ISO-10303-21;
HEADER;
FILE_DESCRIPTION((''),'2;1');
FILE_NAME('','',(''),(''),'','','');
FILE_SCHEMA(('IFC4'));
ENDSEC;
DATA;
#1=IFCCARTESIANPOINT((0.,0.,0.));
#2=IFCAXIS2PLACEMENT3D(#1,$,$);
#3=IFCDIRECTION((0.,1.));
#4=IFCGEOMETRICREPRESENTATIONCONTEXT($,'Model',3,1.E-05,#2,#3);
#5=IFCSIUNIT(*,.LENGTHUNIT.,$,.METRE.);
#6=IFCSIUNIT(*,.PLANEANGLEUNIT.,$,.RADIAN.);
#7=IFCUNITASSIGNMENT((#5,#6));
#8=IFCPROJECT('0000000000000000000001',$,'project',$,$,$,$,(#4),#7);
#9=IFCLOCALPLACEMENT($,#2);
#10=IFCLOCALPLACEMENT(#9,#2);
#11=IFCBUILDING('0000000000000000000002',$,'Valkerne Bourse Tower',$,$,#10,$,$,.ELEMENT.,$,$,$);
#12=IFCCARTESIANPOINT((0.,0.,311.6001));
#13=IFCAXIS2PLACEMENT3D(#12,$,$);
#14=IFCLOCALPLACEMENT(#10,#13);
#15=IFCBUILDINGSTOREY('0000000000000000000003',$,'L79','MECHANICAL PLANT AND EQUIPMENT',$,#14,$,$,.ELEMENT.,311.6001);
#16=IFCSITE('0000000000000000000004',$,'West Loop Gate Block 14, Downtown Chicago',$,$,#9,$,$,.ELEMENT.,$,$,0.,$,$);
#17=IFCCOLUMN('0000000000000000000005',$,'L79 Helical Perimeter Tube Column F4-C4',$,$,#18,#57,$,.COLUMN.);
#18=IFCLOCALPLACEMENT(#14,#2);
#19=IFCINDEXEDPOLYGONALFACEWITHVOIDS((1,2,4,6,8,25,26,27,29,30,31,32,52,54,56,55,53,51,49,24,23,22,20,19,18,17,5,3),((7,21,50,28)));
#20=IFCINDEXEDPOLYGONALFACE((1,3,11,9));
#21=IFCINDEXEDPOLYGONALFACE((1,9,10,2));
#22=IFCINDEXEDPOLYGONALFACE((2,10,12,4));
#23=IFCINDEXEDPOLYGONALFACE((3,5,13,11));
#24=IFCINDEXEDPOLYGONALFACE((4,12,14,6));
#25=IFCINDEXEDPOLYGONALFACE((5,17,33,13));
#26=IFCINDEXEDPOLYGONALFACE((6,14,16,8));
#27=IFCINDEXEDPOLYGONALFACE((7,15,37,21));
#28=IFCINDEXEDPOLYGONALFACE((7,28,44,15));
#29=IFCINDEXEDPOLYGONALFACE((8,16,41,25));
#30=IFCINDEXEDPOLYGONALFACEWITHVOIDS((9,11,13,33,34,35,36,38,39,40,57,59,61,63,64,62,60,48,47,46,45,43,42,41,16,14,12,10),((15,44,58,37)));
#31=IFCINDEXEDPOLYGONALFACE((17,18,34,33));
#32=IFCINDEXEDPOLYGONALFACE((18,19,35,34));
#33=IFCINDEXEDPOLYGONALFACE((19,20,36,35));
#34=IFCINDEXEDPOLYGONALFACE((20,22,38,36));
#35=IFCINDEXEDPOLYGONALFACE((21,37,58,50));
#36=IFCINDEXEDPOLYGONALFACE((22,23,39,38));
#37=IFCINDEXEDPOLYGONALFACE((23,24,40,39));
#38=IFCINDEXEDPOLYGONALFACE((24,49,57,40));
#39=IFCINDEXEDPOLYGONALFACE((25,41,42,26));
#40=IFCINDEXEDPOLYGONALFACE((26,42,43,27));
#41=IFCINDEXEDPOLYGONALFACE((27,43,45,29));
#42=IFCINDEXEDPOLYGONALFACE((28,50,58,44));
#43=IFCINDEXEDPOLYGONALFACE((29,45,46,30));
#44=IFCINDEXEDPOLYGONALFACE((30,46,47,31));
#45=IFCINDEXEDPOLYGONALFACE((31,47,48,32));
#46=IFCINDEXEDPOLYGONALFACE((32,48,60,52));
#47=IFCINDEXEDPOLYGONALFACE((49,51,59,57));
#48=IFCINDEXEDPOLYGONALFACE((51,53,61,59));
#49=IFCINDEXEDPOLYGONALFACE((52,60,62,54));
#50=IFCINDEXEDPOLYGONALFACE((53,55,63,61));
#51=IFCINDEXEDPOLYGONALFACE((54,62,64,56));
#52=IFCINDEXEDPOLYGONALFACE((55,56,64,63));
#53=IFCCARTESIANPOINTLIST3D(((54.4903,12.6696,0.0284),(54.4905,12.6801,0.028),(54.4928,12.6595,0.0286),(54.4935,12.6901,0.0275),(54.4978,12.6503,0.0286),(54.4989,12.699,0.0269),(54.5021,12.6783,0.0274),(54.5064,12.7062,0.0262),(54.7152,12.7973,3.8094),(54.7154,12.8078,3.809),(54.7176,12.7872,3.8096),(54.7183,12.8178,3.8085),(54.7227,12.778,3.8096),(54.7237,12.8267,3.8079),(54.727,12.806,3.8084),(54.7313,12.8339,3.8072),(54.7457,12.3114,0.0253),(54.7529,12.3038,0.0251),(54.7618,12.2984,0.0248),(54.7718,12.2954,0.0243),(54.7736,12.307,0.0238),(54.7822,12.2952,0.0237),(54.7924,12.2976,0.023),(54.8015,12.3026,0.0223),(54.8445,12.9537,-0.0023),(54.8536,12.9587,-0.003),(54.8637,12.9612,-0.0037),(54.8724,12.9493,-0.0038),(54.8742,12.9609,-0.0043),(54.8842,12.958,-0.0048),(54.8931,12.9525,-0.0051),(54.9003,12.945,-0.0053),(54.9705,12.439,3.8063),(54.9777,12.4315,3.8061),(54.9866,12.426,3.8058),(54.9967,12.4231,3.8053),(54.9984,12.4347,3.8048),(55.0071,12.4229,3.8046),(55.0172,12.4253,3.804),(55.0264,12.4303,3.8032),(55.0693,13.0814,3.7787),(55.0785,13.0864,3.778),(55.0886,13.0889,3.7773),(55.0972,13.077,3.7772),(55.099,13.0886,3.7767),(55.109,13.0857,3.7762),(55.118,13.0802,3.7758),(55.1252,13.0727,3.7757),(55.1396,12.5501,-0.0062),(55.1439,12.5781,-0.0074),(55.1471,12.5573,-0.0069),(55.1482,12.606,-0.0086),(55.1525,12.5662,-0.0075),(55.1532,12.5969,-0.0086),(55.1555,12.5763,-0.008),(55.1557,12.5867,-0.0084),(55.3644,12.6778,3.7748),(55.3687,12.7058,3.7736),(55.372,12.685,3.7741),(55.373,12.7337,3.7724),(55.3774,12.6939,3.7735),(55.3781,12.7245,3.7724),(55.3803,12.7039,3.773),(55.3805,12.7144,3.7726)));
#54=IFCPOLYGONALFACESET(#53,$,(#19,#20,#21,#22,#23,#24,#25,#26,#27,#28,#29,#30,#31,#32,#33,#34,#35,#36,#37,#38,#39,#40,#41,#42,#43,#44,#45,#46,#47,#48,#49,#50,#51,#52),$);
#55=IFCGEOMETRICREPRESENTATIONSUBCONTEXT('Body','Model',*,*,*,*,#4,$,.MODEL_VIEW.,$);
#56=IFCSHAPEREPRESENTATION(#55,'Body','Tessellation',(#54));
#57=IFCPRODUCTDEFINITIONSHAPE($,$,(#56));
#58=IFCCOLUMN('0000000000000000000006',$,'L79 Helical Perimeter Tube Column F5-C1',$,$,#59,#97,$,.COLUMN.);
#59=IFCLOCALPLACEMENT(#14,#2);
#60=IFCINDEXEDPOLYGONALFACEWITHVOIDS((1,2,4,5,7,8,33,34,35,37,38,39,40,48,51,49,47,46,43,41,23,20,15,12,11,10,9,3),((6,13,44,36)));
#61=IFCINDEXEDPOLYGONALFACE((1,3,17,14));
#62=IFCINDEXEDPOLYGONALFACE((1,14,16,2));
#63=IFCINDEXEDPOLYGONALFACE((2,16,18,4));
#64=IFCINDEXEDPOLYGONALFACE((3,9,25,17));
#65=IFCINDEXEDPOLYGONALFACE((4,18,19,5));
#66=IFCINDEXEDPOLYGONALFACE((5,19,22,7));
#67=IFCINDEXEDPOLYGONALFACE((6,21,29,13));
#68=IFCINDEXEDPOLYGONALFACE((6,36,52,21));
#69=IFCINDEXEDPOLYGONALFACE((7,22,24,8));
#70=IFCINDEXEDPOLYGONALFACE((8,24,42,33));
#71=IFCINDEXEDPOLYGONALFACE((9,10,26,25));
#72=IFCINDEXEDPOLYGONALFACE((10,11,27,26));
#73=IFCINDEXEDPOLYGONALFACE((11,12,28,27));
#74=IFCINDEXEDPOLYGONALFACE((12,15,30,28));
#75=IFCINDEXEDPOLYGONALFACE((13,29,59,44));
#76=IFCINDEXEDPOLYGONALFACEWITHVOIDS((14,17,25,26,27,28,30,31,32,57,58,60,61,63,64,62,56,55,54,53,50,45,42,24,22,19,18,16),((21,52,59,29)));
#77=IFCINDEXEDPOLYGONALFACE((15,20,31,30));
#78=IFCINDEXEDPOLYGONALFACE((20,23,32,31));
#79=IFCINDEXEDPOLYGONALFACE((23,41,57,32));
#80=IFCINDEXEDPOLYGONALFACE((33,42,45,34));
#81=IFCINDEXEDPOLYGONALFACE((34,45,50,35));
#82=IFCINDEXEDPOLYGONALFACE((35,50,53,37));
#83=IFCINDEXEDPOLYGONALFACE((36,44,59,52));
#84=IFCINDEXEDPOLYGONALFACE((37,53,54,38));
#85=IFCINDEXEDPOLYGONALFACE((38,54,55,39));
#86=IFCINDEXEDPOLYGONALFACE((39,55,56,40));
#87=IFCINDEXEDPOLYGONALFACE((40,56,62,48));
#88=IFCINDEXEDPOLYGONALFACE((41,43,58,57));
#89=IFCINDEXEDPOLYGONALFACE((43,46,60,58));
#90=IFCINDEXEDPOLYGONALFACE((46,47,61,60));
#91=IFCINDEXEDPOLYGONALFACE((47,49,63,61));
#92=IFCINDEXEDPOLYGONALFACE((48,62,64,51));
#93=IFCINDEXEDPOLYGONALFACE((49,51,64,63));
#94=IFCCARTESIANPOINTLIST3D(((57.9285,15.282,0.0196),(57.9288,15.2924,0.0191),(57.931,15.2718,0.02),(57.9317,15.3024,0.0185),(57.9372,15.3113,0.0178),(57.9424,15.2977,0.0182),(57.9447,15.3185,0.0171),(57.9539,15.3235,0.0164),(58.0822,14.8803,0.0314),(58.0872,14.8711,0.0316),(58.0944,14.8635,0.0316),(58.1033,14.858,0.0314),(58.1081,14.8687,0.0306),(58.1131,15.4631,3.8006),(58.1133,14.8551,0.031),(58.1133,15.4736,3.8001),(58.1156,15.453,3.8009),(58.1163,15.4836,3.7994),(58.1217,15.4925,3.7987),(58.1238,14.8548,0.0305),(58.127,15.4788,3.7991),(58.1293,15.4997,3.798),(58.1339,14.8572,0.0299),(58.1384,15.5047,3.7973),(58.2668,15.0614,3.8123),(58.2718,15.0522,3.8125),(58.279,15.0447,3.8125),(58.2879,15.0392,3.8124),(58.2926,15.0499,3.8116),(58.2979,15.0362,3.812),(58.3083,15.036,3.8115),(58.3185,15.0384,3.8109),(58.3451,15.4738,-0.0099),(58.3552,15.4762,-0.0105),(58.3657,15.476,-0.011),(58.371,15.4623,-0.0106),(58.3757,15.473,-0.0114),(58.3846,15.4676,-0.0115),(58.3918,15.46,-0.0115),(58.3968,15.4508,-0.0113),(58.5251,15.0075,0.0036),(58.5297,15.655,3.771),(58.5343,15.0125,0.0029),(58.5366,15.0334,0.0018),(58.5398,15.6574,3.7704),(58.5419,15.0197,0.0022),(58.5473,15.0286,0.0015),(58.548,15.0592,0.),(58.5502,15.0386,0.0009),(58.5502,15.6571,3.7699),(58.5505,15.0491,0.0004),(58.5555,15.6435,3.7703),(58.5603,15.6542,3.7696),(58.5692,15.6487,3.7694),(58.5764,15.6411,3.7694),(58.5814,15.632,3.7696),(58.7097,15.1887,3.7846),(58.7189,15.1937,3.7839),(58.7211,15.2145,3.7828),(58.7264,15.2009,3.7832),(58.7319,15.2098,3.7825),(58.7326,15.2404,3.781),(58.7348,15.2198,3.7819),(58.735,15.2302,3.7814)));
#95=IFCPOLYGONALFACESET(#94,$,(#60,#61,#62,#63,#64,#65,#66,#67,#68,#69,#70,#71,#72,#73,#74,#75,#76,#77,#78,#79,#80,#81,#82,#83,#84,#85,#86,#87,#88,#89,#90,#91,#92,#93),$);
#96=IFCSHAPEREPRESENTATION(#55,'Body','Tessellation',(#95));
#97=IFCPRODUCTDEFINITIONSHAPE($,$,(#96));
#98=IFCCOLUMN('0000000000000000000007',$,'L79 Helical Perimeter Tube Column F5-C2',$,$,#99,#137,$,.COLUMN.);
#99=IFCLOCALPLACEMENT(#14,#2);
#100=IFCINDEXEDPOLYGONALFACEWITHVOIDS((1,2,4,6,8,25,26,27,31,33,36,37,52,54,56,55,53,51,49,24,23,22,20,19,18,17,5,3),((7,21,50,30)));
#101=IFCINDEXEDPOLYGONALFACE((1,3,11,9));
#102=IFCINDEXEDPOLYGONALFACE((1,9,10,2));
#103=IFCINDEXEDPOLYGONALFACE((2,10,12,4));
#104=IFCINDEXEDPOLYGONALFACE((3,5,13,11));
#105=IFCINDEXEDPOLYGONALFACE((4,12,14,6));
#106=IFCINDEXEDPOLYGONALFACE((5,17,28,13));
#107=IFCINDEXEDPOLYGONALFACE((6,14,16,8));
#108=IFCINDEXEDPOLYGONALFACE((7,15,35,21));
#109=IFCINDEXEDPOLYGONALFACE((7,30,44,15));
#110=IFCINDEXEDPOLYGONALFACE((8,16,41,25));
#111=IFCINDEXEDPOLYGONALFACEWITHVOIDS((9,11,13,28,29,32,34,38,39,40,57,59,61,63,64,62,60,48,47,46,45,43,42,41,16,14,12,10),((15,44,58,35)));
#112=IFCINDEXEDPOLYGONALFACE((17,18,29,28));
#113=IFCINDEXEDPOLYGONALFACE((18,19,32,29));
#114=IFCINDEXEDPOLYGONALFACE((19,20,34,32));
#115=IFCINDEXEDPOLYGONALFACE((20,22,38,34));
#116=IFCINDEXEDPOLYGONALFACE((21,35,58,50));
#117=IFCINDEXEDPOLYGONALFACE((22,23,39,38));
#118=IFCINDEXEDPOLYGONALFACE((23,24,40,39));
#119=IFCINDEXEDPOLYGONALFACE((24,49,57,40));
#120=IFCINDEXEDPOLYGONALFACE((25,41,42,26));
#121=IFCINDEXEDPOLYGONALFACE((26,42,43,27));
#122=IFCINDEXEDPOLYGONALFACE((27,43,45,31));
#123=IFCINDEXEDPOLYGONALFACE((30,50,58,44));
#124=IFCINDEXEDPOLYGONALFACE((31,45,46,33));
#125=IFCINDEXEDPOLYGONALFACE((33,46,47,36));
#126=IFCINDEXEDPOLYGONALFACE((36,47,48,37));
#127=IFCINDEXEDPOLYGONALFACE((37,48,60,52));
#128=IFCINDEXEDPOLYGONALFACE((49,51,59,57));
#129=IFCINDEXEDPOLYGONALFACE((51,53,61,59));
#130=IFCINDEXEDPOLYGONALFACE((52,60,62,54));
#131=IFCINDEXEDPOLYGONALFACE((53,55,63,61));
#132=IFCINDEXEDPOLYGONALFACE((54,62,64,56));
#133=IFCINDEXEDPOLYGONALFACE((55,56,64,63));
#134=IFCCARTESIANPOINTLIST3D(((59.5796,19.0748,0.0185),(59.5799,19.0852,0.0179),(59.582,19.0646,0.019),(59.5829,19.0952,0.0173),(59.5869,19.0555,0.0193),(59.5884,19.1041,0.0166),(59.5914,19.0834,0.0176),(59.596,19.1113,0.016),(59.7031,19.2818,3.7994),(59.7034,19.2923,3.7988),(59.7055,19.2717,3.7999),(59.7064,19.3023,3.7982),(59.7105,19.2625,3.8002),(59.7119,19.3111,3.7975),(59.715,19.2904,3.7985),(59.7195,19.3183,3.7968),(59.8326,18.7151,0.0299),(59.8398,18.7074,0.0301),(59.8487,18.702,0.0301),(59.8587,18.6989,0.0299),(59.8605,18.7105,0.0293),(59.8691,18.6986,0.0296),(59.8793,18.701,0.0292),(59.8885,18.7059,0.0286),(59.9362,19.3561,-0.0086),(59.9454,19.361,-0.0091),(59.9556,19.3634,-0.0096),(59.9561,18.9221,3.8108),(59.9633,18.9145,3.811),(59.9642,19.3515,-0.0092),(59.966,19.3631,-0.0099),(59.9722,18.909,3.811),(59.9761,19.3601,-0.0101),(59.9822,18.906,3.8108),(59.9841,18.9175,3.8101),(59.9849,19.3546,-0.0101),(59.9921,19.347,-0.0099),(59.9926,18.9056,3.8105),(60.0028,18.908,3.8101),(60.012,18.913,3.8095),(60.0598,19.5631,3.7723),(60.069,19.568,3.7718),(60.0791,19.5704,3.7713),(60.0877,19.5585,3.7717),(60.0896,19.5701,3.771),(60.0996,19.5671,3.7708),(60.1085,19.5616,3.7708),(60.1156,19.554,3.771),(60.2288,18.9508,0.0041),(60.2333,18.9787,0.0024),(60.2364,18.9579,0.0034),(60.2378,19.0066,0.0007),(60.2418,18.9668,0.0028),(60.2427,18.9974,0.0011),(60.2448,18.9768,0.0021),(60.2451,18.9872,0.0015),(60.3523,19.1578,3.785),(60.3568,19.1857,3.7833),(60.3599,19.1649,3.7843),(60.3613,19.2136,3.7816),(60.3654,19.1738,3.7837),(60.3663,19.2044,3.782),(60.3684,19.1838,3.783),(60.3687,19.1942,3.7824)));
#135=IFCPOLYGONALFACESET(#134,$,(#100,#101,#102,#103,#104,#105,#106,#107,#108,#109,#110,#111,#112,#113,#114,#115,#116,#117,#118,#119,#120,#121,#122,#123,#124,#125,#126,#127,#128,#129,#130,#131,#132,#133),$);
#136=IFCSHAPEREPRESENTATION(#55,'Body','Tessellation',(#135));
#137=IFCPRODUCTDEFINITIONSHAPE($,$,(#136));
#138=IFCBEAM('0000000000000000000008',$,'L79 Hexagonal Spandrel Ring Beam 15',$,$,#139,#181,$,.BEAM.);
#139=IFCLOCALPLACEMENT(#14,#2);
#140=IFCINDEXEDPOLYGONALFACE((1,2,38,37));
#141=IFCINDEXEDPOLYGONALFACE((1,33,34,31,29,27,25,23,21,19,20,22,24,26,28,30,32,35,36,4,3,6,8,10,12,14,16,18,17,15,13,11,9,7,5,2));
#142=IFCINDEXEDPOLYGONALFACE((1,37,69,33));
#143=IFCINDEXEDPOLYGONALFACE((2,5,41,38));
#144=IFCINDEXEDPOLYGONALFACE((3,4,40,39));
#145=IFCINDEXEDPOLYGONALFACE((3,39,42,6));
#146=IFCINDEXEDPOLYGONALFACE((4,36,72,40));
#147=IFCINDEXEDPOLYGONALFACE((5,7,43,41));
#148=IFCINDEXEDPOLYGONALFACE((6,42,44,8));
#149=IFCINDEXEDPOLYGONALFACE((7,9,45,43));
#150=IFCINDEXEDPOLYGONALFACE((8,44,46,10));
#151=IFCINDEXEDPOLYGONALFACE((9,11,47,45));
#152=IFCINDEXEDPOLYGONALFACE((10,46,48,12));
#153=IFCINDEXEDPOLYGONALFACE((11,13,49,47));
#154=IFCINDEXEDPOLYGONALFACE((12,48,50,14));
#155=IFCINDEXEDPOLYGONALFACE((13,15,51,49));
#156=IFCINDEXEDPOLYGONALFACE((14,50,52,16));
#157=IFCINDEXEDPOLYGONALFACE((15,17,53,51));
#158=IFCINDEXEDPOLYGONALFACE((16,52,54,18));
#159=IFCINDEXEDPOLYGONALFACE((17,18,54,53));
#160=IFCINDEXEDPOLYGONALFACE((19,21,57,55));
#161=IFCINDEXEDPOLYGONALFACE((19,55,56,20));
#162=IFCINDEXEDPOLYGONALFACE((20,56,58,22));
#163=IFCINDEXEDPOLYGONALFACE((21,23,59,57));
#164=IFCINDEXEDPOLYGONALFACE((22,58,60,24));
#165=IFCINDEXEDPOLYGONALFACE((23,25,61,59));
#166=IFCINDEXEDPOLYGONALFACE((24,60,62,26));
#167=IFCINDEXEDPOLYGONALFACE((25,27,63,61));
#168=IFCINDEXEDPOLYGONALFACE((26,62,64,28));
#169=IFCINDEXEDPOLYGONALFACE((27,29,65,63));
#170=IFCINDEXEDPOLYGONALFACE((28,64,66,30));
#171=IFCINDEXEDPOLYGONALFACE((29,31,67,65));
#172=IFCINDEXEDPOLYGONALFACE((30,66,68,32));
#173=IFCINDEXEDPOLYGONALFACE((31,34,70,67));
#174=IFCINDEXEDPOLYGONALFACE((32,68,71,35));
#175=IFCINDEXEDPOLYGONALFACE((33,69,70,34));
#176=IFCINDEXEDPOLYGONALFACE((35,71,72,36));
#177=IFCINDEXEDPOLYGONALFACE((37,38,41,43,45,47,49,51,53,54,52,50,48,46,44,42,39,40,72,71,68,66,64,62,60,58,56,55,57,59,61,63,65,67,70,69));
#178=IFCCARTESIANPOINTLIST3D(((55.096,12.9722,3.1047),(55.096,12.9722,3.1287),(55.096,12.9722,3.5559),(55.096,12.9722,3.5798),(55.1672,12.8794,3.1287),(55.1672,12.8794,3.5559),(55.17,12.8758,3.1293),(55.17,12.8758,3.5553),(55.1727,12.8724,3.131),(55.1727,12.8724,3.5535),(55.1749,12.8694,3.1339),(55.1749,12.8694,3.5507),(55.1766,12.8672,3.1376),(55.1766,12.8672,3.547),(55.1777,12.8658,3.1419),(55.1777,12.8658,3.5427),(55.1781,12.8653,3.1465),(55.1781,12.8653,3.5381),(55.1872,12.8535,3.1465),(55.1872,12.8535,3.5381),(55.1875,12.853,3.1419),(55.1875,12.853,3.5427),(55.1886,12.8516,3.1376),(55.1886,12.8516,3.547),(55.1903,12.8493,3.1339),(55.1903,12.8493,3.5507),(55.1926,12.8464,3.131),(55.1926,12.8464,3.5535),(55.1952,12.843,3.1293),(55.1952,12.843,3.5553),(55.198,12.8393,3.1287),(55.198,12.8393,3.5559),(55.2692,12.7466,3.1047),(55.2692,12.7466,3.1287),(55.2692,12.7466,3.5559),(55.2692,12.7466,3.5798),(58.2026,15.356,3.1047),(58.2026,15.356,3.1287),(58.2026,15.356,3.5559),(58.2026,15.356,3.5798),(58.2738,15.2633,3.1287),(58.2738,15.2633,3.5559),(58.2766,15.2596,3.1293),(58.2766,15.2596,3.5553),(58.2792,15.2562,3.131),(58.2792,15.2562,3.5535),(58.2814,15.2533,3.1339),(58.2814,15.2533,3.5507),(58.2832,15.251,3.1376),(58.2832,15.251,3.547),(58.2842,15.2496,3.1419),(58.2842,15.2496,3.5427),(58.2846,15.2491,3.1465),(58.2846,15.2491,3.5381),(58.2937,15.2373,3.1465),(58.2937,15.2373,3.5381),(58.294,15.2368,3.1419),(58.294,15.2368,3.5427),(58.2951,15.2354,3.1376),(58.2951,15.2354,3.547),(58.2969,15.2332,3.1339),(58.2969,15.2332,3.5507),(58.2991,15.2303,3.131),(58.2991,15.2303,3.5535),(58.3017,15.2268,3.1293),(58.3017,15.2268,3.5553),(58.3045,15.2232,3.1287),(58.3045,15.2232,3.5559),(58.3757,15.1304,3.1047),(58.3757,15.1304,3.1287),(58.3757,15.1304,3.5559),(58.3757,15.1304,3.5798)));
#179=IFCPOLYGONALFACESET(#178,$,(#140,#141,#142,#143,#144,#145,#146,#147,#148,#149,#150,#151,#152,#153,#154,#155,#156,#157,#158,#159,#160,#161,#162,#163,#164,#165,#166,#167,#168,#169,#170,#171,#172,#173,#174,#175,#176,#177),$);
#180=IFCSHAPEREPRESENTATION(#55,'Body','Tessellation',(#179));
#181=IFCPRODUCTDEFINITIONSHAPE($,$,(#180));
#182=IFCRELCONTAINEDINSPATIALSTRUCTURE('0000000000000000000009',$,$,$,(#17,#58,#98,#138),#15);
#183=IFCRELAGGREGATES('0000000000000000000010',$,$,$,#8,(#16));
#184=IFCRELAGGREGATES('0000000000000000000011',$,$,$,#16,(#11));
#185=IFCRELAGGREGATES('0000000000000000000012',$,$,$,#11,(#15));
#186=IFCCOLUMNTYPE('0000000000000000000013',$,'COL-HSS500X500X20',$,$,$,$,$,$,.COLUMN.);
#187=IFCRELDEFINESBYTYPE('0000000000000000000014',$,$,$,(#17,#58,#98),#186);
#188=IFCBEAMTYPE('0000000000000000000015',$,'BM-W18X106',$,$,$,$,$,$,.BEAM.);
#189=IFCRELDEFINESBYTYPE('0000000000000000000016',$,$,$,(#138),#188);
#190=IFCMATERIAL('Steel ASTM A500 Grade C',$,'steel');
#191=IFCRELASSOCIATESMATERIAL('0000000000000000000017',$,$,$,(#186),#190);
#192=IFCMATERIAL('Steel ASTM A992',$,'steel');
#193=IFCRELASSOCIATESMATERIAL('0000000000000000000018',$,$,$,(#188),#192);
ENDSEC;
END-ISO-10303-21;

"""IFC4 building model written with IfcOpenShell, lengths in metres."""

from ifc_helpers import new_model, si_unit, direction, frame, origin, origin_2d, place, context, subcontext, project, spatial, hollow_rectangle, i_section, extrude, material, material_profile, profile_set, type_object, element, save


model = new_model("IFC4")

# Units and contexts
model_context = context("Model", 3, precision=1e-05, world=origin(), true_north=direction((0.0, 1.0)))
body_context = subcontext(model_context, "Body", "Model", "MODEL_VIEW")
ifc_project = project(units=[si_unit("LENGTHUNIT", "METRE"), si_unit("PLANEANGLEUNIT", "RADIAN")], contexts=[model_context])

# Site, building, storey
site_placement = place(None, origin())
site = spatial("IfcSite", under=ifc_project, at=site_placement, Name="West Loop Gate Block 14, Downtown Chicago", CompositionType="ELEMENT", RefElevation=0.0)
building_placement = place(site_placement, origin())
building = spatial("IfcBuilding", under=site, at=building_placement, Name="Valkerne Bourse Tower", CompositionType="ELEMENT")
storey_placement = place(building_placement, frame((0.0, 0.0, 311.6001)))
storey = spatial("IfcBuildingStorey", under=building, at=storey_placement, Name="L79", Description="MECHANICAL PLANT AND EQUIPMENT", CompositionType="ELEMENT", Elevation=311.6001)

# Columns
ifc_material_1 = material(Name="Steel ASTM A500 Grade C", Category="steel")
ifc_material_profile_1 = material_profile(ifc_material_1, hollow_rectangle(XDim=0.5, YDim=0.5, WallThickness=0.02, OuterFilletRadius=0.04, at=origin_2d()), Name="HSS500X500X20")
ifc_profile_set_1 = profile_set([ifc_material_profile_1], Name="Steel ASTM A500 Grade C")
column_type = type_object("IfcColumnType", Name="COL-HSS500X500X20", PredefinedType="COLUMN", material=ifc_profile_set_1)
for number, where, z_axis, x_axis, name in (
    (1, (54.823, 12.6282, 0.01), (0.059331, 0.033692, 0.99767), (-0.59024, 0.80719, 0.007842), "L79 Helical Perimeter Tube Column F4-C4"),
    (2, (58.2395, 15.1655, 0.01), (0.048701, 0.047799, 0.997669), (-0.931649, -0.357921, 0.062627), "L79 Helical Perimeter Tube Column F5-C1"),
):
    element("IfcColumn", number, at=place(storey_placement, frame(where, z_axis=z_axis, x_axis=x_axis)), inside=storey, type_object=column_type, Name=name, PredefinedType="COLUMN", context=body_context, shape_type="SweptSolid", body=[
        extrude(hollow_rectangle(XDim=0.5, YDim=0.5, WallThickness=0.02, OuterFilletRadius=0.04, at=origin_2d()), origin(), (0.0, 0.0, 1.0), 3.7898),
    ])
column_placement = place(storey_placement, frame((59.9124, 19.031, 0.01), z_axis=(0.032606, 0.054645, 0.997973), x_axis=(-0.81036, -0.583014, 0.0584)))
element("IfcColumn", 3, at=column_placement, inside=storey, type_object=column_type, Name="L79 Helical Perimeter Tube Column F5-C2", PredefinedType="COLUMN", context=body_context, shape_type="SweptSolid", body=[
    extrude(hollow_rectangle(XDim=0.5, YDim=0.5, WallThickness=0.02, OuterFilletRadius=0.04, at=origin_2d()), origin(), (0.0, 0.0, 1.0), 3.7886),
])

# Beam
ifc_material_2 = material(Name="Steel ASTM A992", Category="steel")
ifc_material_profile_2 = material_profile(ifc_material_2, i_section(OverallWidth=0.2844, OverallDepth=0.4751, WebThickness=0.0149, FlangeThickness=0.0239, FilletRadius=0.0178, at=origin_2d()), Name="W18X106")
ifc_profile_set_2 = profile_set([ifc_material_profile_2], Name="Steel ASTM A992")
beam_type = type_object("IfcBeamType", Name="BM-W18X106", PredefinedType="BEAM", material=ifc_profile_set_2)
beam_1_placement = place(storey_placement, frame((55.1826, 12.8594, 3.3423), z_axis=(0.793337, 0.608782, 0.0), x_axis=(-0.608782, 0.793337, 0.0)))
element("IfcBeam", 4, at=beam_1_placement, inside=storey, type_object=beam_type, Name="L79 Hexagonal Spandrel Ring Beam 15", PredefinedType="BEAM", context=body_context, shape_type="SweptSolid", body=[
    extrude(i_section(OverallWidth=0.2844, OverallDepth=0.4751, WebThickness=0.0149, FlangeThickness=0.0239, FilletRadius=0.0178, at=origin_2d()), origin(), (0.0, 0.0, 1.0), 3.9158),
])

save(model, "model.ifc")
